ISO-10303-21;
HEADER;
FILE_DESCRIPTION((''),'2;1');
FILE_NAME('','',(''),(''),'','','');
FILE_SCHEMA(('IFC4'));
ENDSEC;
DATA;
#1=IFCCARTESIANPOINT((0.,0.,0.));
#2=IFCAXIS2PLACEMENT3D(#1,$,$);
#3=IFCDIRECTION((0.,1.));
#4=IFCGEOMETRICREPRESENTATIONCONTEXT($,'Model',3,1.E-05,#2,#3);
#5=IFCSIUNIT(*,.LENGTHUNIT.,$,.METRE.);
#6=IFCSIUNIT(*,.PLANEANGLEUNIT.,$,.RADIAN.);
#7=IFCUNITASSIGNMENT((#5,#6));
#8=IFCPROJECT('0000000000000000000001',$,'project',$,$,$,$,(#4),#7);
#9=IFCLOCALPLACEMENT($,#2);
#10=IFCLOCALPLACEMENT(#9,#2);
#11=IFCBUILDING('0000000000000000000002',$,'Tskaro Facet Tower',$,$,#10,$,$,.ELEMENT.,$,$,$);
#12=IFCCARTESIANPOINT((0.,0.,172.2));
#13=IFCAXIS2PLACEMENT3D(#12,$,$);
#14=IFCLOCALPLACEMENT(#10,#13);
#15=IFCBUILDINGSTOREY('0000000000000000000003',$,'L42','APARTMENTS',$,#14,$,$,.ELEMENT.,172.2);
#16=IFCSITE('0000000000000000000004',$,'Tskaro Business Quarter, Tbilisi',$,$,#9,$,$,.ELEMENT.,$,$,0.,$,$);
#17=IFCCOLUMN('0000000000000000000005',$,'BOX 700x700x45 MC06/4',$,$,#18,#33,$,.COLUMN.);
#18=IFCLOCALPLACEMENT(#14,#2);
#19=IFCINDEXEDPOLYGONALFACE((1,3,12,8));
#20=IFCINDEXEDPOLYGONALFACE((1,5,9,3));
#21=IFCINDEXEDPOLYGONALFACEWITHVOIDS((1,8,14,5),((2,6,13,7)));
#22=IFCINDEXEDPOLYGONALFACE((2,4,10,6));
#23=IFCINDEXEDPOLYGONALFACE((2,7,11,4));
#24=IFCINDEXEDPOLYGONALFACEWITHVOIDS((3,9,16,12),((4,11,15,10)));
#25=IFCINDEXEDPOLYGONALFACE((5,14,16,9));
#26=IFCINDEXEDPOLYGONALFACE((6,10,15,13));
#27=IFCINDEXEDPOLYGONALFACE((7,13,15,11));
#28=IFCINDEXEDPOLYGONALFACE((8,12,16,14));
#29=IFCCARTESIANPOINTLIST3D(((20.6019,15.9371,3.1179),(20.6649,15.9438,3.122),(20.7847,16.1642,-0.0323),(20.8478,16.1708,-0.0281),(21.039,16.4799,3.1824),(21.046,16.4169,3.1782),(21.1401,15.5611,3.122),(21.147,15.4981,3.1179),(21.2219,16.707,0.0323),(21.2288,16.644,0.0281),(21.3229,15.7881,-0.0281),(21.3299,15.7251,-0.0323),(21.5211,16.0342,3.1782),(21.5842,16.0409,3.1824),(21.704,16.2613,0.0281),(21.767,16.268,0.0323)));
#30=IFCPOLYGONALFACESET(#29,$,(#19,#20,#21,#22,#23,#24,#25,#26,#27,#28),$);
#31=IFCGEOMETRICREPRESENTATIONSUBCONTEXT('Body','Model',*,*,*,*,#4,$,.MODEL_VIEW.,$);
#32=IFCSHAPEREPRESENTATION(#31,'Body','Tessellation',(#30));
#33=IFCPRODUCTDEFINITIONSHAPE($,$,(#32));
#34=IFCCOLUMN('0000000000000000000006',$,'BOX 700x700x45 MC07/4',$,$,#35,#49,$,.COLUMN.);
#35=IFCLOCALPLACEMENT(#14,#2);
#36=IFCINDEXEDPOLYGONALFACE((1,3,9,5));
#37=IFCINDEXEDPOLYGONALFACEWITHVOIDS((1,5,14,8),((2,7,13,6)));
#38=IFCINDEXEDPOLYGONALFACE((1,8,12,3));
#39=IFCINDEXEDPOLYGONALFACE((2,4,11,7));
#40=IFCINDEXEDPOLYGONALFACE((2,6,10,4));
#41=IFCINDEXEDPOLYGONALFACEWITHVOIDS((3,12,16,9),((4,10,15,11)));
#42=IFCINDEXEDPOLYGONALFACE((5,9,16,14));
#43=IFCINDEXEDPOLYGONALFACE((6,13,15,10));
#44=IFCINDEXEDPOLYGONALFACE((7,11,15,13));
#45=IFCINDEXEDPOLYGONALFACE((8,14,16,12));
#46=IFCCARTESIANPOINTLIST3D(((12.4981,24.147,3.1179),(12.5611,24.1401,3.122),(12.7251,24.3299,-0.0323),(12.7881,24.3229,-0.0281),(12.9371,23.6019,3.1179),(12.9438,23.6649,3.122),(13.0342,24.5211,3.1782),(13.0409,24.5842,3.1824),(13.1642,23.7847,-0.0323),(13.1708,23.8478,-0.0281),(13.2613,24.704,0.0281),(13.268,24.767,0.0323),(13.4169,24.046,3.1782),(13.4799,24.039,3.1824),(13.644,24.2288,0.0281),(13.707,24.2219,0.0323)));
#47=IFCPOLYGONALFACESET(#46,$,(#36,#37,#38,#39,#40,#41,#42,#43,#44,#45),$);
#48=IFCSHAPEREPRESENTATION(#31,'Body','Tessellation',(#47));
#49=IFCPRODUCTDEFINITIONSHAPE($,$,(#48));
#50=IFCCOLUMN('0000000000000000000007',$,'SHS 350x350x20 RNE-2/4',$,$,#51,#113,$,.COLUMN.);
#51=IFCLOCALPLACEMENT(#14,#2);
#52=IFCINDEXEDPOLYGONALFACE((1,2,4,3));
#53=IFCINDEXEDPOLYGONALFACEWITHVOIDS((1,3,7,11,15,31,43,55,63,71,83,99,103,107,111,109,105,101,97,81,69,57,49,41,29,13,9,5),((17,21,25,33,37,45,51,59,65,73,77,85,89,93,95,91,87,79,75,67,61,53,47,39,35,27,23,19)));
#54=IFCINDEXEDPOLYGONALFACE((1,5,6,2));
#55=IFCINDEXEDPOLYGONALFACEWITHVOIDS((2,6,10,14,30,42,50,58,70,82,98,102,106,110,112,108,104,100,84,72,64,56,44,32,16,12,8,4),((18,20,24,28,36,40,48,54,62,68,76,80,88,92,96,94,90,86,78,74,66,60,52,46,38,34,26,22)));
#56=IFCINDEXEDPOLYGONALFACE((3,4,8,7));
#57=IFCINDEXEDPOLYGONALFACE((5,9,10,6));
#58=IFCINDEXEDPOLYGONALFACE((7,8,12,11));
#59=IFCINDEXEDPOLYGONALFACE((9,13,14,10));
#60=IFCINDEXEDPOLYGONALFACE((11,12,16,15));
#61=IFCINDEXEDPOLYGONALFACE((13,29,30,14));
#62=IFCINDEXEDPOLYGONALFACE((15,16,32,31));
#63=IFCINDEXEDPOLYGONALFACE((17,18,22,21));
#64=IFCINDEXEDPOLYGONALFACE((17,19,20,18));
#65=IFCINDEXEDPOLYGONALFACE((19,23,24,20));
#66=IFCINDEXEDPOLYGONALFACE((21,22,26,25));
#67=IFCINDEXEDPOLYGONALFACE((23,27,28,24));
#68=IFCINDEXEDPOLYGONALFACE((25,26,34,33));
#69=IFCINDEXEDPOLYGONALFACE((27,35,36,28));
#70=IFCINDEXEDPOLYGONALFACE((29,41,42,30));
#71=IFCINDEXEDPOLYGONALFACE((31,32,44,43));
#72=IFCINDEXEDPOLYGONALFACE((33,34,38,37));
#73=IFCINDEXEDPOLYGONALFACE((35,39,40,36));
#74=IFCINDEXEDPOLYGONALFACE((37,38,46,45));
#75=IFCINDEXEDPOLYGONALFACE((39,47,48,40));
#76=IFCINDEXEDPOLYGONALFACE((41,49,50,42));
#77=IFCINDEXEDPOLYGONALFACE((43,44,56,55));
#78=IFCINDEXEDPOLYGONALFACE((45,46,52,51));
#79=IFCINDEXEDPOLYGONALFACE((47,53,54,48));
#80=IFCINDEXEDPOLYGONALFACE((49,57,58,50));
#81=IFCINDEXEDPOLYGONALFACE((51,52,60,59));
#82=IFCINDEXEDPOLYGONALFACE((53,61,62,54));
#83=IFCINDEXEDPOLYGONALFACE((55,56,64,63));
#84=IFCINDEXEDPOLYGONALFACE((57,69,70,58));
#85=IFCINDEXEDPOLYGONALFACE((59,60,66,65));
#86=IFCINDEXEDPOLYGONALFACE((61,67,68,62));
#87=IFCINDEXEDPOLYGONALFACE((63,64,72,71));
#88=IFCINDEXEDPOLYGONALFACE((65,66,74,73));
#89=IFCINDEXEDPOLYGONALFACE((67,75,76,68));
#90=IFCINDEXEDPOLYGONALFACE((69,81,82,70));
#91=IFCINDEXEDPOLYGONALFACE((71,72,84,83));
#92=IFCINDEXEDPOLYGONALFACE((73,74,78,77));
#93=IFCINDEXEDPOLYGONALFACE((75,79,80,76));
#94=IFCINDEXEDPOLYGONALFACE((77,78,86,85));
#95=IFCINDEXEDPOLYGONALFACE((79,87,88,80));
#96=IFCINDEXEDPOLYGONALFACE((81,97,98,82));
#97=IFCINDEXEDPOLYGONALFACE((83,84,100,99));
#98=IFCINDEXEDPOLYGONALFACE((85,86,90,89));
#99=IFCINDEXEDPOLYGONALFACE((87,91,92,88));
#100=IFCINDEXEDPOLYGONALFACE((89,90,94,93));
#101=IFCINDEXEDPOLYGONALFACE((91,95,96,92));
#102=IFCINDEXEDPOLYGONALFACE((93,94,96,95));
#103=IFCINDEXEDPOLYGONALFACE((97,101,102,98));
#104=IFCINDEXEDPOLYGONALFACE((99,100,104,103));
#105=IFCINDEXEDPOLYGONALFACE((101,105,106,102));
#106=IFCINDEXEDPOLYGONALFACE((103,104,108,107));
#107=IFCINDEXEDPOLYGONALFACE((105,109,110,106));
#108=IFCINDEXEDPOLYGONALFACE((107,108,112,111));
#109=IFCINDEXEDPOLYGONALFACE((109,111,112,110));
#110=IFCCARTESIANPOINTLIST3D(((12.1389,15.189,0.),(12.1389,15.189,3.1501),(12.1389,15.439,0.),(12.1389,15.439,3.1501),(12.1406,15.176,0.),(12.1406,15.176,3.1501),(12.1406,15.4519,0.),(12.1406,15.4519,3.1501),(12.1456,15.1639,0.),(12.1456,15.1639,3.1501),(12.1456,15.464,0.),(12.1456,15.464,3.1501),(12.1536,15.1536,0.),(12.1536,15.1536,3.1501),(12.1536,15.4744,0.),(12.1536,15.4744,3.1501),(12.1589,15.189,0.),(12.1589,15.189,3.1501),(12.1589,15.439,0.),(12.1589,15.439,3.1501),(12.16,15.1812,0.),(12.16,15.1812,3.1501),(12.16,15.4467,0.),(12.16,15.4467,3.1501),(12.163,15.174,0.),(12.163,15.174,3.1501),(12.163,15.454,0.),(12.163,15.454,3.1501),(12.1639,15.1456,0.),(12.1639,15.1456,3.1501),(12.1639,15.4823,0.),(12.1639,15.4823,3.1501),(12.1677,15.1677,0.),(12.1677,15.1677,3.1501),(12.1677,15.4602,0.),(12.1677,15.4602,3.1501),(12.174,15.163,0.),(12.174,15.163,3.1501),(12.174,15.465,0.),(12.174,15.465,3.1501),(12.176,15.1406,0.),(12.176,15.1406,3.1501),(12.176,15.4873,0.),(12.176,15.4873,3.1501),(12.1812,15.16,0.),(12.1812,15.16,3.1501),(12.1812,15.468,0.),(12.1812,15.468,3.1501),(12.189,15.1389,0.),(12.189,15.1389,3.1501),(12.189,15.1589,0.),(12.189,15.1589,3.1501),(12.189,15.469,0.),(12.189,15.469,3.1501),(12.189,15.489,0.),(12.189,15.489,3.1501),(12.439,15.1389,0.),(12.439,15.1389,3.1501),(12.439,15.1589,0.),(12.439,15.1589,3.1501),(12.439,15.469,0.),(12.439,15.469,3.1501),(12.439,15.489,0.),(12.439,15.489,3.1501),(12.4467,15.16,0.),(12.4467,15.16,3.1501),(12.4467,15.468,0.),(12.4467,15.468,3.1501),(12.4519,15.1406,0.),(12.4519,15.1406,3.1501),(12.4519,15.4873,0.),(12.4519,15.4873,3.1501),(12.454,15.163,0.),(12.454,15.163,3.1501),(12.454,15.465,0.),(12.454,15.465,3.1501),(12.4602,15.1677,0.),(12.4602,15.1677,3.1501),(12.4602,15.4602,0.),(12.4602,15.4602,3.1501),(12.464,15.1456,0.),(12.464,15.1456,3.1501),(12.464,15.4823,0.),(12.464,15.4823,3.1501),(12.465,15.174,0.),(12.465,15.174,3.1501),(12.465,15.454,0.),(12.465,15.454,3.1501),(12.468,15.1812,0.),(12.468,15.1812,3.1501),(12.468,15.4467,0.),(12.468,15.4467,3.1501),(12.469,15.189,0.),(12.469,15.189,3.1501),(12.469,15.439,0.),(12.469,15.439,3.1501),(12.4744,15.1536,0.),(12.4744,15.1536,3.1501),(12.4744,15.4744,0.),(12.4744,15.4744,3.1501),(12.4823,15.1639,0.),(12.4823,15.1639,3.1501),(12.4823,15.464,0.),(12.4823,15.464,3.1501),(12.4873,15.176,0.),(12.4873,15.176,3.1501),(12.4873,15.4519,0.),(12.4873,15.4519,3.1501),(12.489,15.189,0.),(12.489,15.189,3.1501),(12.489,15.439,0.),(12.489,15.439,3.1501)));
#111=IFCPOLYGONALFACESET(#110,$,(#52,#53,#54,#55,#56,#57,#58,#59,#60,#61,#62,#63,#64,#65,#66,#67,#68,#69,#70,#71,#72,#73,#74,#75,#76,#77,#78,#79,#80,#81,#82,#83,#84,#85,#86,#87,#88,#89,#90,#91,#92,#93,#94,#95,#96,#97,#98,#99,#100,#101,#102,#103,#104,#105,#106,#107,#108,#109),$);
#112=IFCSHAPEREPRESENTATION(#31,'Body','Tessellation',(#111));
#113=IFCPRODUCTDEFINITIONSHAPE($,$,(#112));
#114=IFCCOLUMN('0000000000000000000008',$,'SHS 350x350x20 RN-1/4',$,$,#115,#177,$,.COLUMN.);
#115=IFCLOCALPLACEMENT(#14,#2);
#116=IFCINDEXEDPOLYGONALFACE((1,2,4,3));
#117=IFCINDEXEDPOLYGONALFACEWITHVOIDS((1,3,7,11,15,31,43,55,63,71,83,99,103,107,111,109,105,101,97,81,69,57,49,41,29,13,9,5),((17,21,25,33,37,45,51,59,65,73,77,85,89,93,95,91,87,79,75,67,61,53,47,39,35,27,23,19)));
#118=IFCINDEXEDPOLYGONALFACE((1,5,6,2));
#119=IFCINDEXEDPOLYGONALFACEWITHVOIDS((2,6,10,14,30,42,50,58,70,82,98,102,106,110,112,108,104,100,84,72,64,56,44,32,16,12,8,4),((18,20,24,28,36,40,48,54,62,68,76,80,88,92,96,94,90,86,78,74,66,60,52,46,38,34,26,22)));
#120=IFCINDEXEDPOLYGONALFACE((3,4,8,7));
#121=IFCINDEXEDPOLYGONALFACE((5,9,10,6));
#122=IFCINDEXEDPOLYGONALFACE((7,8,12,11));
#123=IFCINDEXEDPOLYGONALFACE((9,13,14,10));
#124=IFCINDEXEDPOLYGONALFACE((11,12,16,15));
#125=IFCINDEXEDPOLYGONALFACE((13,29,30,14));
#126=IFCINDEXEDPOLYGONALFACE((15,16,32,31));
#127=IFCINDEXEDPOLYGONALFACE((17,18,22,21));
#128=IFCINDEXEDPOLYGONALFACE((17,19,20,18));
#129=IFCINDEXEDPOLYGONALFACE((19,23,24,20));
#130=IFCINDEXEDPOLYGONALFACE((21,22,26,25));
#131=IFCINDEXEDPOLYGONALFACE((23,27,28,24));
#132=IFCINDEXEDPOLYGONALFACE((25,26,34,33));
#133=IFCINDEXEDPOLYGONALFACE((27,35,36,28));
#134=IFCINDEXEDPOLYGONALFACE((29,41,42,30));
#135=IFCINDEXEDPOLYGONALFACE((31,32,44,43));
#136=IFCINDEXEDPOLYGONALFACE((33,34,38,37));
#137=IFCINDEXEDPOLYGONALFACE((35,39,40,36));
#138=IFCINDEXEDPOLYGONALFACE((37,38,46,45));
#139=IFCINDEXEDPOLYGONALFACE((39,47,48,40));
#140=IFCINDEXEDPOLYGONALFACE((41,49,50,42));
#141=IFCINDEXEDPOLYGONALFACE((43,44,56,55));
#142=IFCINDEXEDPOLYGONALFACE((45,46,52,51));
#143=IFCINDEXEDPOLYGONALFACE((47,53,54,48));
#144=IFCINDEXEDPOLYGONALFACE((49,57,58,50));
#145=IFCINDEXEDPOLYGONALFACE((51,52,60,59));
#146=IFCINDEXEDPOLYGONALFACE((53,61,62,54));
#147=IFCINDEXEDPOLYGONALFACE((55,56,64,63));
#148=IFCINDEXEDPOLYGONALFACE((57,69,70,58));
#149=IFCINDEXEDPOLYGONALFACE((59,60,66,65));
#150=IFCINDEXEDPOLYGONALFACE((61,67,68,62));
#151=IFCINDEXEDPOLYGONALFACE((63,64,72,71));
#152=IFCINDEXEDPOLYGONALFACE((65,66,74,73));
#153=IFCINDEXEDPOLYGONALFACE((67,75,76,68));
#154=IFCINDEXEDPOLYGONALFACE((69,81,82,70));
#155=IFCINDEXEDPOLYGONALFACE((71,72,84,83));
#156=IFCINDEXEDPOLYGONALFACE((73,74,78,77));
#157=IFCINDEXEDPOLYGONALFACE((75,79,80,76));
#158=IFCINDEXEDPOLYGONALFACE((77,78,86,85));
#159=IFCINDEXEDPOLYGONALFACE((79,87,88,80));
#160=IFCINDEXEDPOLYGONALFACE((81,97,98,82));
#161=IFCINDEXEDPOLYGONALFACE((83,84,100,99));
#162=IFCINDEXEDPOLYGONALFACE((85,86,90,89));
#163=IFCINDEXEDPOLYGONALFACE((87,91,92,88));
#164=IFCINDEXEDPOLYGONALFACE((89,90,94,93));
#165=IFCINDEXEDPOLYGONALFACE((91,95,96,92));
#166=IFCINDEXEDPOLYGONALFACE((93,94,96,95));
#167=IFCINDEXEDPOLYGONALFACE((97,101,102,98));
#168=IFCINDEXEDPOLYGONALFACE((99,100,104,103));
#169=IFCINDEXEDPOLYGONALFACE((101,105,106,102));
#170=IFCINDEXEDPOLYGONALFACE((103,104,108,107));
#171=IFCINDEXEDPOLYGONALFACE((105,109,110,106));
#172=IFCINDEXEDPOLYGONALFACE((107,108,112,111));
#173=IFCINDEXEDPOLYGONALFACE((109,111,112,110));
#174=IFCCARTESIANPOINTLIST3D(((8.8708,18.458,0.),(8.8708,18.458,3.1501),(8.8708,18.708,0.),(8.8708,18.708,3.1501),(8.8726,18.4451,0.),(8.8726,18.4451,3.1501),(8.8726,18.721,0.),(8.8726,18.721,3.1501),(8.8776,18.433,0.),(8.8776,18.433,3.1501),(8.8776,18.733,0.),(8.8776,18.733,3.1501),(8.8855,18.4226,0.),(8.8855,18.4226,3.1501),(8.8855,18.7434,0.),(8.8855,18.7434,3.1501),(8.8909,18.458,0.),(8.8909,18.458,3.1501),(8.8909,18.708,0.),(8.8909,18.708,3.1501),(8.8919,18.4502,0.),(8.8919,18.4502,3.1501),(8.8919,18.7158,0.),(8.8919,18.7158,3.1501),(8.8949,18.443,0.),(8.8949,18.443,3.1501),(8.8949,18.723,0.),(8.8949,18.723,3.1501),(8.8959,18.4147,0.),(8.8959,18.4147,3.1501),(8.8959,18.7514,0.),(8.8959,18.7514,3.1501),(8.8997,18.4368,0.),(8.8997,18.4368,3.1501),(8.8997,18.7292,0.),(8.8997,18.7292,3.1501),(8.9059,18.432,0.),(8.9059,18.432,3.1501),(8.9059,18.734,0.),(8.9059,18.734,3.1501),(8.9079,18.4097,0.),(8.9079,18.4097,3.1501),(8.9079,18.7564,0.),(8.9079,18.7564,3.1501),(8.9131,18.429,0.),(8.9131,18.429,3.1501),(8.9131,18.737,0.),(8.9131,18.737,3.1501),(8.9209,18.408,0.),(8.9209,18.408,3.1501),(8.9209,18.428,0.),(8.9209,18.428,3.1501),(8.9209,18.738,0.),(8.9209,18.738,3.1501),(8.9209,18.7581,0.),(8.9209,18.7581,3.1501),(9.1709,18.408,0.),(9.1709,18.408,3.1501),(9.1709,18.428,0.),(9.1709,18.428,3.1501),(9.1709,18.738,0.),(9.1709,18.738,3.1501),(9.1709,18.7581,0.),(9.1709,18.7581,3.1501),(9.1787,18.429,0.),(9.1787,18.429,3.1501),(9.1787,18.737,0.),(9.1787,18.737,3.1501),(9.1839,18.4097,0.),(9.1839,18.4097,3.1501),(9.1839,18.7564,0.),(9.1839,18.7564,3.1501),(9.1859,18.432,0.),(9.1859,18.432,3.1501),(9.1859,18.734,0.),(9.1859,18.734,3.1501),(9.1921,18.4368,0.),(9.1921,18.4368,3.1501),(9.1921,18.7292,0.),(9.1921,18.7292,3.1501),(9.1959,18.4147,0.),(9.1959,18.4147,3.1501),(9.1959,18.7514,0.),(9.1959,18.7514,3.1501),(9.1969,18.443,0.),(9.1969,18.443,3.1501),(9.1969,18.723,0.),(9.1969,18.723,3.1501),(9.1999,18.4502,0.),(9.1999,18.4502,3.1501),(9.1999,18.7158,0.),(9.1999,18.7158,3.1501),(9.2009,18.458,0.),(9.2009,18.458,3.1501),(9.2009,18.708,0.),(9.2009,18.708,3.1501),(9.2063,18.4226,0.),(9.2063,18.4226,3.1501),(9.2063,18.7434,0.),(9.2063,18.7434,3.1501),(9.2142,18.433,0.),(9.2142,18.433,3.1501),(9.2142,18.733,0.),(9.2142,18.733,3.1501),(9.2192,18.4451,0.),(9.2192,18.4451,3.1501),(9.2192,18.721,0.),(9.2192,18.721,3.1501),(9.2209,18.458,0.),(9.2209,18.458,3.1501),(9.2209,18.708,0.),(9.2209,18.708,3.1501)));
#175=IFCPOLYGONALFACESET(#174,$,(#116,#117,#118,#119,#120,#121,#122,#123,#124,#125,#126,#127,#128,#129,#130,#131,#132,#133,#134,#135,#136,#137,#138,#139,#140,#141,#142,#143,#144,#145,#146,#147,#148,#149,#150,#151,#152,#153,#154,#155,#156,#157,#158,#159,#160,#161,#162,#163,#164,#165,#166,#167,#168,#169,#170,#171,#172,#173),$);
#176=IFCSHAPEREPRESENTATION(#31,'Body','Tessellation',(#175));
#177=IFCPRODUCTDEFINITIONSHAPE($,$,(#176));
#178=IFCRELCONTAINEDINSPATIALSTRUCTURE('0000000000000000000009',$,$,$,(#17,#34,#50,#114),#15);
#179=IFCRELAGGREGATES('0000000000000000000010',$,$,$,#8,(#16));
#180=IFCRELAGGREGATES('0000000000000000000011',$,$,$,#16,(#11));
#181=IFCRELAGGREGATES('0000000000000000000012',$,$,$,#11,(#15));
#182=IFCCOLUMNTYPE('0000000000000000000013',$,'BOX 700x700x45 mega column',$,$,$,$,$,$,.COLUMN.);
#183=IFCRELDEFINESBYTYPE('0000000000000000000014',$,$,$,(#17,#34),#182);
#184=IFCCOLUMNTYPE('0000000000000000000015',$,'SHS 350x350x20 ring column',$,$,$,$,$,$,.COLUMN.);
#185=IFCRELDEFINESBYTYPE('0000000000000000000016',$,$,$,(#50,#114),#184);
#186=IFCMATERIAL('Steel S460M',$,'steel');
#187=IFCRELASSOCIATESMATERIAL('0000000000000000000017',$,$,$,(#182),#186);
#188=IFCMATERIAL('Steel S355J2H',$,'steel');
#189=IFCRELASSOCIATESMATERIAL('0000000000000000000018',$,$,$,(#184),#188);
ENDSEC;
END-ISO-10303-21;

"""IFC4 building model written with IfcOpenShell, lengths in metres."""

from ifc_helpers import new_model, si_unit, direction, frame, origin, origin_2d, place, context, subcontext, project, spatial, hollow_rectangle, extrude, material, material_profile, profile_set, type_object, element, save


model = new_model("IFC4")

# Units and contexts
model_context = context("Model", 3, precision=1e-05, world=origin(), true_north=direction((0.0, 1.0)))
body_context = subcontext(model_context, "Body", "Model", "MODEL_VIEW")
ifc_project = project(units=[si_unit("LENGTHUNIT", "METRE"), si_unit("PLANEANGLEUNIT", "RADIAN")], contexts=[model_context])

# Site, building, storey
site_placement = place(None, origin())
site = spatial("IfcSite", under=ifc_project, at=site_placement, Name="Tskaro Business Quarter, Tbilisi", CompositionType="ELEMENT", RefElevation=0.0)
building_placement = place(site_placement, origin())
building = spatial("IfcBuilding", under=site, at=building_placement, Name="Tskaro Facet Tower", CompositionType="ELEMENT")
storey_placement = place(building_placement, frame((0.0, 0.0, 172.2)))
storey = spatial("IfcBuildingStorey", under=building, at=storey_placement, Name="L42", Description="APARTMENTS", CompositionType="ELEMENT", Elevation=172.2)

# Columns
ifc_material_1 = material(Name="Steel S460M", Category="steel")
ifc_material_profile_1 = material_profile(ifc_material_1, hollow_rectangle(XDim=0.7, YDim=0.7, WallThickness=0.0449, at=origin_2d()), Name="BOX 700x700x45")
ifc_profile_set_1 = profile_set([ifc_material_profile_1], Name="Steel S460M")
column_type_1 = type_object("IfcColumnType", Name="BOX 700x700x45 mega column", PredefinedType="COLUMN", material=ifc_profile_set_1)
for number, where, z_axis, x_axis, name in (
    (1, (21.2759, 16.2161, 0.0), (-0.057802, -0.07177, 0.995745), (0.778822, -0.627245, 0.0), "BOX 700x700x45 MC06/4"),
    (2, (13.2161, 24.2759, 0.0), (-0.07177, -0.057802, 0.995745), (0.627245, -0.778822, 0.0), "BOX 700x700x45 MC07/4"),
):
    element("IfcColumn", number, at=place(storey_placement, frame(where, z_axis=z_axis, x_axis=x_axis)), inside=storey, type_object=column_type_1, Name=name, PredefinedType="COLUMN", context=body_context, shape_type="SweptSolid", body=[
        extrude(hollow_rectangle(XDim=0.7, YDim=0.7, WallThickness=0.0449, at=origin_2d()), origin(), (0.0, 0.0, 1.0), 3.1636),
    ])
ifc_material_2 = material(Name="Steel S355J2H", Category="steel")
ifc_material_profile_2 = material_profile(ifc_material_2, hollow_rectangle(XDim=0.3501, YDim=0.3501, WallThickness=0.02, InnerFilletRadius=0.03, OuterFilletRadius=0.05, at=origin_2d()), Name="SHS 350x350x20")
ifc_profile_set_2 = profile_set([ifc_material_profile_2], Name="Steel S355J2H")
column_type_2 = type_object("IfcColumnType", Name="SHS 350x350x20 ring column", PredefinedType="COLUMN", material=ifc_profile_set_2)
for number, where, z_axis, x_axis, name in (
    (3, (12.314, 15.314, 0.0), (0.0, 0.0, 1.0), (1.0, 0.0, 0.0), "SHS 350x350x20 RNE-2/4"),
    (4, (9.0459, 18.583, 0.0), (0.0, 0.0, 1.0), (1.0, 0.0, 0.0), "SHS 350x350x20 RN-1/4"),
):
    element("IfcColumn", number, at=place(storey_placement, frame(where, z_axis=z_axis, x_axis=x_axis)), inside=storey, type_object=column_type_2, Name=name, PredefinedType="COLUMN", context=body_context, shape_type="SweptSolid", body=[
        extrude(hollow_rectangle(XDim=0.3501, YDim=0.3501, WallThickness=0.02, InnerFilletRadius=0.03, OuterFilletRadius=0.05, at=origin_2d()), origin(), (0.0, 0.0, 1.0), 3.1501),
    ])

save(model, "model.ifc")
